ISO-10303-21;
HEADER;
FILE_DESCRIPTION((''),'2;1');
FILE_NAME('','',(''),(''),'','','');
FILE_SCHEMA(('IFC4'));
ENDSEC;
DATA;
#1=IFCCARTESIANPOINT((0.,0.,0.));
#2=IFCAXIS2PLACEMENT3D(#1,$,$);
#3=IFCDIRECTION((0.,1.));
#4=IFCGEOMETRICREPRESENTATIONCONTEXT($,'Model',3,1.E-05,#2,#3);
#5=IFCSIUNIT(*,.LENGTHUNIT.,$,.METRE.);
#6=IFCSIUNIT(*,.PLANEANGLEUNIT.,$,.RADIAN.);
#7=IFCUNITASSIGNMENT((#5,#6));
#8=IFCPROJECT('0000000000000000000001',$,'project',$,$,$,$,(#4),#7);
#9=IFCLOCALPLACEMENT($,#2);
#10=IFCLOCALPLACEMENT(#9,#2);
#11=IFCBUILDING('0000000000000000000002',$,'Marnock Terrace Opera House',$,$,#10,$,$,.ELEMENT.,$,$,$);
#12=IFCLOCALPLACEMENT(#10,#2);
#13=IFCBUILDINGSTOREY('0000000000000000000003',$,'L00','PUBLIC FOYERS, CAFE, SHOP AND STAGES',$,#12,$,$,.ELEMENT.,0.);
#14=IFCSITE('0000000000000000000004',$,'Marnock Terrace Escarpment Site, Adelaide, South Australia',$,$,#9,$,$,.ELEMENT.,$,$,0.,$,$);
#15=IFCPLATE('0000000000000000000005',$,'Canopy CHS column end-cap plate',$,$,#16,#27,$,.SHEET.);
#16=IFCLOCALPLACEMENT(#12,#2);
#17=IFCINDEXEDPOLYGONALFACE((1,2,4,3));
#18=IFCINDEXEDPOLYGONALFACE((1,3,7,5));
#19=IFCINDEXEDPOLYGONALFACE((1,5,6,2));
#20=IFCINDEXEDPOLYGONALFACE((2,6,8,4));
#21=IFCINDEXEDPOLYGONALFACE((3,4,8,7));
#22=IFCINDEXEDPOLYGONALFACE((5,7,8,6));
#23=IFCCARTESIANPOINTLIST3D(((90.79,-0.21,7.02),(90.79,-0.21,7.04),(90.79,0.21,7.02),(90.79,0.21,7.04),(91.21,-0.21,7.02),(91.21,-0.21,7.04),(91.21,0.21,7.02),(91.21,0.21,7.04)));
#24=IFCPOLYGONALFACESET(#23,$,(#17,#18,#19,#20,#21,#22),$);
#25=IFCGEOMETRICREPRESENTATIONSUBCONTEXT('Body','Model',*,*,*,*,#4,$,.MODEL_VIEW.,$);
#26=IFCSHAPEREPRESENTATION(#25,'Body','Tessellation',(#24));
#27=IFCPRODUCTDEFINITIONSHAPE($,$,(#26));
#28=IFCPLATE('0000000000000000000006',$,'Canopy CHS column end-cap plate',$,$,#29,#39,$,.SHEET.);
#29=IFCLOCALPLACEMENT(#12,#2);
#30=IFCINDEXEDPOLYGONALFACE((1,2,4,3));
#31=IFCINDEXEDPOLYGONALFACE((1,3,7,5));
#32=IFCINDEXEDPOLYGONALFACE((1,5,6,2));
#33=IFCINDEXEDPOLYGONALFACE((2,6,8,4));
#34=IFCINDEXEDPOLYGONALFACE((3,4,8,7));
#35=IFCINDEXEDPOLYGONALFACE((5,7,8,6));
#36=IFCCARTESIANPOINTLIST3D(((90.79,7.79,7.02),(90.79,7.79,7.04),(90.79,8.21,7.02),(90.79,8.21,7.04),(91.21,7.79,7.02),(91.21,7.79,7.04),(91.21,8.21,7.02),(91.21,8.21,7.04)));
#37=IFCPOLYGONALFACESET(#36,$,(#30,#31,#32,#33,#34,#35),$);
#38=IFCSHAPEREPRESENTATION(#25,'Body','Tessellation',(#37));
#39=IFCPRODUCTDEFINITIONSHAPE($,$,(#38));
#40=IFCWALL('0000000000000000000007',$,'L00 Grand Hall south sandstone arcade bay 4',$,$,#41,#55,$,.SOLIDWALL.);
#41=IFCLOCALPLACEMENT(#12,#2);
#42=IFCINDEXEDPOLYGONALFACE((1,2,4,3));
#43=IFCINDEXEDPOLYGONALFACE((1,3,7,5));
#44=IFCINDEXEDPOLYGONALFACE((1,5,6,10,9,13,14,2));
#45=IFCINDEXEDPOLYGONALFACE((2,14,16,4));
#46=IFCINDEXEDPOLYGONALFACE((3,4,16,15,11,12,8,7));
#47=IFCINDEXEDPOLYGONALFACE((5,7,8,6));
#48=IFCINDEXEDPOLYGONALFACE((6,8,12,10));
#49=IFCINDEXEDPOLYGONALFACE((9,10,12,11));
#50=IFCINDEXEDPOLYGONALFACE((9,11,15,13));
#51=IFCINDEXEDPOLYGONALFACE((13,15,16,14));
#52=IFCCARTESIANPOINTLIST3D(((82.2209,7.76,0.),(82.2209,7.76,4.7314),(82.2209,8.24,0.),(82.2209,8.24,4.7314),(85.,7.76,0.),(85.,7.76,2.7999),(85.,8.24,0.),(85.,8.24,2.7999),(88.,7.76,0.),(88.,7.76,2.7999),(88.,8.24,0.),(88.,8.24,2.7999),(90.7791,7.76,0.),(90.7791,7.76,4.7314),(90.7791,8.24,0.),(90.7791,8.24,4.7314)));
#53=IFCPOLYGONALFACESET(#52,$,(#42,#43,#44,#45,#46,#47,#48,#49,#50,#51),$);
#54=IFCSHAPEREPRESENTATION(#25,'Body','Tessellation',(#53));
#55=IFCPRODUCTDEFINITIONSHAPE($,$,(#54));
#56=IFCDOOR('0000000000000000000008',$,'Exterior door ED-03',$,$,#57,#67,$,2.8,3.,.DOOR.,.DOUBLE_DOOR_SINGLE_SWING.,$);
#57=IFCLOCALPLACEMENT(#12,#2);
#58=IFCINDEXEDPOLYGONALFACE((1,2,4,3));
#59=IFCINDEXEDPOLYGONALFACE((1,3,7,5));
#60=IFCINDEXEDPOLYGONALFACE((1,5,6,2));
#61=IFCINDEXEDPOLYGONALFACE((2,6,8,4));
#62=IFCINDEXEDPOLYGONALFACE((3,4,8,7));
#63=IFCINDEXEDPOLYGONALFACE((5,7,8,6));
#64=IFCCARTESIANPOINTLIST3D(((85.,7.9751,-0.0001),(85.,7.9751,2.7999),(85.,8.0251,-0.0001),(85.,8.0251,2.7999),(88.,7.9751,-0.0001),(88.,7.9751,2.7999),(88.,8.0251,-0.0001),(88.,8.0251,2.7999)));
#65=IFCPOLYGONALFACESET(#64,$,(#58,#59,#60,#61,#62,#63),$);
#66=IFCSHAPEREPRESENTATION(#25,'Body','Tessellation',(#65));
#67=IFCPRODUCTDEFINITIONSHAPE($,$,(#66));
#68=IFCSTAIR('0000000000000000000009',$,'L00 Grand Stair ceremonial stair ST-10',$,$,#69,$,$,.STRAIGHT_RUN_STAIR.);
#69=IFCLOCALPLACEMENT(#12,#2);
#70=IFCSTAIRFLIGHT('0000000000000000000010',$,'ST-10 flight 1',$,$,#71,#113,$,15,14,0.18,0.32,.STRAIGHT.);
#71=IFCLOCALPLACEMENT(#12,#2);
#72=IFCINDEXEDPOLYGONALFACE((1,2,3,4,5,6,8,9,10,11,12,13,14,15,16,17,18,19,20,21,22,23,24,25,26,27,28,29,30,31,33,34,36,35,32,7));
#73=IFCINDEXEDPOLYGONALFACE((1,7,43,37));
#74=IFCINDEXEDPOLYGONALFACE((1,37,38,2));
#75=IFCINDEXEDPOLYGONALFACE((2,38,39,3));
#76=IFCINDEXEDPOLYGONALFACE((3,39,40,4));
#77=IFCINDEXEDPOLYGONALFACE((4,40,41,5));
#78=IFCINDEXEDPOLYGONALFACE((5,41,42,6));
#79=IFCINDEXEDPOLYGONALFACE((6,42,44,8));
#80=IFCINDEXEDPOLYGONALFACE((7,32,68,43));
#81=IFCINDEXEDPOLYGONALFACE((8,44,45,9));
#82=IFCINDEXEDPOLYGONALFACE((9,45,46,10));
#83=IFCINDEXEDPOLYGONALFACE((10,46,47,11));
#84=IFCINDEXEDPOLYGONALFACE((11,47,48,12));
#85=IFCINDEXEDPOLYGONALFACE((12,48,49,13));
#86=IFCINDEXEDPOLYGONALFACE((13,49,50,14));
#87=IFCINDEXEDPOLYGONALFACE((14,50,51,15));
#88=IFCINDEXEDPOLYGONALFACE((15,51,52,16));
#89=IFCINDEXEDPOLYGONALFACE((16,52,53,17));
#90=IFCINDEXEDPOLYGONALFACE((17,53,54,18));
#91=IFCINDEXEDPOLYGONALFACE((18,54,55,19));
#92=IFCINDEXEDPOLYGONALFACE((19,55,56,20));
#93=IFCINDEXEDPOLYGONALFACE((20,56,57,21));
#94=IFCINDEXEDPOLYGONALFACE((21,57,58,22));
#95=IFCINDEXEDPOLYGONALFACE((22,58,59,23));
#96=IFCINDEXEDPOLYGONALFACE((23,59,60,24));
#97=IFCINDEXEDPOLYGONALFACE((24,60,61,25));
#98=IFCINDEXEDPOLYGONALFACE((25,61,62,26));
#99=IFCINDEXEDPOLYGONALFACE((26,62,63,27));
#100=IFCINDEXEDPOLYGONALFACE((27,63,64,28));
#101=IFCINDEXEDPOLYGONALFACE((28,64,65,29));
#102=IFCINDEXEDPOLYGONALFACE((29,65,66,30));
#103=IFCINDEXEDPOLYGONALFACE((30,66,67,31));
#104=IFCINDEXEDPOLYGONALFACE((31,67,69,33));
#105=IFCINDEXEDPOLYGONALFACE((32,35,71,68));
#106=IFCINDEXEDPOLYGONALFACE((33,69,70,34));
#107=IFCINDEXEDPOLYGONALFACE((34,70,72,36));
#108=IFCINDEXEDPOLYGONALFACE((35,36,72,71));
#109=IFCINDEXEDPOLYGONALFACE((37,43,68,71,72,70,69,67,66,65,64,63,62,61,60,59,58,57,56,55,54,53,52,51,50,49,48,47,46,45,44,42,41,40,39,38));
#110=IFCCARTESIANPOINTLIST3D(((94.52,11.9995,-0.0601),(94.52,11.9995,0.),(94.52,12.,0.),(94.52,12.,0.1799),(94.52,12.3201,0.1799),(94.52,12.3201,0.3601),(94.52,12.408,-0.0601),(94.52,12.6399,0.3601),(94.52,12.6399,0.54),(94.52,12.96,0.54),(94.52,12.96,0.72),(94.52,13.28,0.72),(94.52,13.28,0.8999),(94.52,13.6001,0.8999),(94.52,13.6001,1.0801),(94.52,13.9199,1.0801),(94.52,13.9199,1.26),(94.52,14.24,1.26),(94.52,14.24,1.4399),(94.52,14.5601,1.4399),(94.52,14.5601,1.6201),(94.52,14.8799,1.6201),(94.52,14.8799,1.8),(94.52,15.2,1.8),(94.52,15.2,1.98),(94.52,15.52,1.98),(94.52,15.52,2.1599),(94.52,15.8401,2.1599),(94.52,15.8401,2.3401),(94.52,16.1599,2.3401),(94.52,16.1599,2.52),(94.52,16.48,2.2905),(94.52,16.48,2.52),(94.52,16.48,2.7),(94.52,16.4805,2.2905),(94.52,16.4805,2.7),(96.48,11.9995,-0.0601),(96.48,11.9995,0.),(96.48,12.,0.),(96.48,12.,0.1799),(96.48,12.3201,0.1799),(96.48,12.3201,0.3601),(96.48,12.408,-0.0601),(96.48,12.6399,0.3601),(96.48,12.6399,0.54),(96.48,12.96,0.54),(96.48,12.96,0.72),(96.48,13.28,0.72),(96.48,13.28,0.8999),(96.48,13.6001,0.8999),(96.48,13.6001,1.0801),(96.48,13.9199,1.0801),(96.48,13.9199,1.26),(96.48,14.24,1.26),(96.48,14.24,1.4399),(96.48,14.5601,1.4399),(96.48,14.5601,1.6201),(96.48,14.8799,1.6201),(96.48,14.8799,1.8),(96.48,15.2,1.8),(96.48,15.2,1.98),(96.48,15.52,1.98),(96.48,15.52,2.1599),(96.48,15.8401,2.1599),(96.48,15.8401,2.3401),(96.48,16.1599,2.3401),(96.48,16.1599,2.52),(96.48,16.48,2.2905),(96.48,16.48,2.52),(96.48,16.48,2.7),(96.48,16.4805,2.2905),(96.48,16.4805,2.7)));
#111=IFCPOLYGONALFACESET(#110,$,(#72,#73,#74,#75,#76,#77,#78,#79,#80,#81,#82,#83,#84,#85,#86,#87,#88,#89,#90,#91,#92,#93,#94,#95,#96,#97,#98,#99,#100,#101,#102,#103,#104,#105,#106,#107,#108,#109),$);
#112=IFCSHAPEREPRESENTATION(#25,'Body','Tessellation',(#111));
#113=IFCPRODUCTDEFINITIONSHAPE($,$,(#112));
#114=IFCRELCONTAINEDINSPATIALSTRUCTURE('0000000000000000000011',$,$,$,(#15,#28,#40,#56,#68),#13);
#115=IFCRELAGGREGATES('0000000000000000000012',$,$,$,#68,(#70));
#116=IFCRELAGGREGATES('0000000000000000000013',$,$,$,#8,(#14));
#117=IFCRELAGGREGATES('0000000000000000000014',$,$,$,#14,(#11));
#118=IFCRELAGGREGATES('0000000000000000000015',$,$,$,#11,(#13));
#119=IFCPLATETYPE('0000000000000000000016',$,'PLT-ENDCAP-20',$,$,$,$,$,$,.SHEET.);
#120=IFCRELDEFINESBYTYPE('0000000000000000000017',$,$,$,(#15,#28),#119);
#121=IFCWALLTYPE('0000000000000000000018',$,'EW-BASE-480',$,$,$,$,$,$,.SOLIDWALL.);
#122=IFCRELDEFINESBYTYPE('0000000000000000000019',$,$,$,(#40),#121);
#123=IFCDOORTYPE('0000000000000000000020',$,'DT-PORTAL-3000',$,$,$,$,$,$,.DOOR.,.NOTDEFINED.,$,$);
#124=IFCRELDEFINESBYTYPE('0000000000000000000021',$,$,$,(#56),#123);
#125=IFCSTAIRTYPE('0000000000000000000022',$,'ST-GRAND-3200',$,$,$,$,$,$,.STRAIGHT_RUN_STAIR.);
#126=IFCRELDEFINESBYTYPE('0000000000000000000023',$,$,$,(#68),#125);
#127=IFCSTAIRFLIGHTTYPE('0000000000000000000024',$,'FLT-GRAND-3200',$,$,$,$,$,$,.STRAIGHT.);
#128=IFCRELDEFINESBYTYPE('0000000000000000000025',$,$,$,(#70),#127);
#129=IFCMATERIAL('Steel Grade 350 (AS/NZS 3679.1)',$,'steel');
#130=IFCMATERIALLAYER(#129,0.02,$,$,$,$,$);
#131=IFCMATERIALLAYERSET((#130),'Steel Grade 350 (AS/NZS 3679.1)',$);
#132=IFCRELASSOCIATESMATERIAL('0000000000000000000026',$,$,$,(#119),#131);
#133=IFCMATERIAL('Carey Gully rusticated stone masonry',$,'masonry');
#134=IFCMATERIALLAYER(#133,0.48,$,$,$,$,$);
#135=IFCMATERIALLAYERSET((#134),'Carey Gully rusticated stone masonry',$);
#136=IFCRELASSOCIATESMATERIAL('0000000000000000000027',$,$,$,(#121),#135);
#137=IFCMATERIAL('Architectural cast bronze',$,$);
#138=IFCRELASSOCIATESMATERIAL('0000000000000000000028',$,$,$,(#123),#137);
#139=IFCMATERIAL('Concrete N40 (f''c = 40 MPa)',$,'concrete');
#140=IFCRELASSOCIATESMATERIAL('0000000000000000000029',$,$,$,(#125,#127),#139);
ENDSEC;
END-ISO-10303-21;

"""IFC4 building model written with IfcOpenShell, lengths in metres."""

from ifc_helpers import new_model, si_unit, direction, frame, frame_2d, origin, origin_2d, place, context, subcontext, project, spatial, polyline, rectangle, outline, extrude, material, layer, layer_set, type_object, element, fill, aggregate, save


model = new_model("IFC4")

# Units and contexts
model_context = context("Model", 3, precision=1e-05, world=origin(), true_north=direction((0.0, 1.0)))
body_context = subcontext(model_context, "Body", "Model", "MODEL_VIEW")
ifc_project = project(units=[si_unit("LENGTHUNIT", "METRE"), si_unit("PLANEANGLEUNIT", "RADIAN")], contexts=[model_context])

# Site, building, storey
site_placement = place(None, origin())
site = spatial("IfcSite", under=ifc_project, at=site_placement, Name="Marnock Terrace Escarpment Site, Adelaide, South Australia", CompositionType="ELEMENT", RefElevation=0.0)
building_placement = place(site_placement, origin())
building = spatial("IfcBuilding", under=site, at=building_placement, Name="Marnock Terrace Opera House", CompositionType="ELEMENT")
storey_placement = place(building_placement, origin())
storey = spatial("IfcBuildingStorey", under=building, at=storey_placement, Name="L00", Description="PUBLIC FOYERS, CAFE, SHOP AND STAGES", CompositionType="ELEMENT", Elevation=0.0)

# Shared definitions
ifc_material_1 = material(Name="Concrete N40 (f'c = 40 MPa)", Category="concrete")

# Shared definitions
ifc_material_2 = material(Name="Steel Grade 350 (AS/NZS 3679.1)", Category="steel")

# Plates
ifc_layer_1 = layer(ifc_material_2, 0.02)
ifc_layer_set_1 = layer_set([ifc_layer_1], Name="Steel Grade 350 (AS/NZS 3679.1)")
plate_type = type_object("IfcPlateType", Name="PLT-ENDCAP-20", PredefinedType="SHEET", material=ifc_layer_set_1)
for number, where, z_axis, x_axis, name in (
    (1, (91.0, 0.0, 7.02), (0.0, 0.0, 1.0), (1.0, 0.0, 0.0), "Canopy CHS column end-cap plate"),
    (2, (91.0, 8.0, 7.02), (0.0, 0.0, 1.0), (1.0, 0.0, 0.0), "Canopy CHS column end-cap plate"),
):
    element("IfcPlate", number, at=place(storey_placement, frame(where, z_axis=z_axis, x_axis=x_axis)), inside=storey, type_object=plate_type, Name=name, PredefinedType="SHEET", context=body_context, shape_type="SweptSolid", body=[
        extrude(rectangle(XDim=0.4199, YDim=0.4199, at=origin_2d()), origin(), (0.0, 0.0, 1.0), 0.02),
    ])

# Wall, opening, door
ifc_material_3 = material(Name="Carey Gully rusticated stone masonry", Category="masonry")
ifc_layer_2 = layer(ifc_material_3, 0.48)
ifc_layer_set_2 = layer_set([ifc_layer_2], Name="Carey Gully rusticated stone masonry")
wall_type = type_object("IfcWallType", Name="EW-BASE-480", PredefinedType="SOLIDWALL", material=ifc_layer_set_2)
wall_placement = place(storey_placement, frame((90.7791, 8.0, 0.0), z_axis=(0.0, 0.0, 1.0), x_axis=(-1.0, 0.0, 0.0)))
wall = element("IfcWall", 3, at=wall_placement, inside=storey, type_object=wall_type, Name="L00 Grand Hall south sandstone arcade bay 4", PredefinedType="SOLIDWALL", context=body_context, shape_type="SweptSolid", body=[
    extrude(rectangle(XDim=8.5581, YDim=0.48, at=frame_2d((4.2791, 0.0))), origin(), (0.0, 0.0, 1.0), 4.7314),
])
opening_placement = place(wall_placement, frame((2.7791, 0.0, 0.0)))
opening = element("IfcOpeningElement", 4, at=opening_placement, cuts=wall, PredefinedType="OPENING", context=body_context, shape_type="SweptSolid", body=[
    extrude(rectangle(XDim=3.0, YDim=2.8, at=frame_2d((1.5, 1.3999))), frame((0.0, 0.25, 0.0), z_axis=(0.0, -1.0, 0.0), x_axis=(1.0, 0.0, 0.0)), (0.0, 0.0, 1.0), 0.5),
])
ifc_material_4 = material(Name="Architectural cast bronze")
door_type = type_object("IfcDoorType", Name="DT-PORTAL-3000", OperationType="NOTDEFINED", PredefinedType="DOOR", material=ifc_material_4)
door_placement = place(opening_placement, origin())
door = element("IfcDoor", 5, at=door_placement, inside=storey, type_object=door_type, Name="Exterior door ED-03", OperationType="DOUBLE_DOOR_SINGLE_SWING", OverallHeight=2.8, OverallWidth=3.0, PredefinedType="DOOR", context=body_context, shape_type="SweptSolid", body=[
    extrude(rectangle(XDim=3.0, YDim=2.8, at=frame_2d((1.5, 1.3999))), frame((0.0, 0.0249, 0.0), z_axis=(0.0, -1.0, 0.0), x_axis=(1.0, 0.0, 0.0)), (0.0, 0.0, 1.0), 0.05),
])
fill(opening, door)

# Stair, stair flight
stair_type = type_object("IfcStairType", Name="ST-GRAND-3200", PredefinedType="STRAIGHT_RUN_STAIR", material=ifc_material_1)
stair_placement = place(storey_placement, origin())
stair = element("IfcStair", 6, at=stair_placement, inside=storey, type_object=stair_type, Name="L00 Grand Stair ceremonial stair ST-10", PredefinedType="STRAIGHT_RUN_STAIR")
stair_flight_type = type_object("IfcStairFlightType", Name="FLT-GRAND-3200", PredefinedType="STRAIGHT", material=ifc_material_1)
stair_flight_placement = place(storey_placement, frame((95.5, 12.0, 0.0), z_axis=(0.0, 0.0, 1.0), x_axis=(0.0, 1.0, 0.0)))
stair_flight = element("IfcStairFlight", 7, at=stair_flight_placement, type_object=stair_flight_type, Name="ST-10 flight 1", NumberOfRisers=15, NumberOfTreads=14, PredefinedType="STRAIGHT", RiserHeight=0.18, TreadLength=0.32, context=body_context, shape_type="SweptSolid", body=[
    extrude(outline(polyline([(-0.0005, -0.0601), (-0.0005, 0.0), (0.0, 0.0), (0.0, 0.1799), (0.3201, 0.1799), (0.3201, 0.3601), (0.6399, 0.3601), (0.6399, 0.54), (0.96, 0.54), (0.96, 0.72), (1.28, 0.72), (1.28, 0.8999), (1.6001, 0.8999), (1.6001, 1.0801), (1.9199, 1.0801), (1.9199, 1.26), (2.24, 1.26), (2.24, 1.4399), (2.5601, 1.4399), (2.5601, 1.6201), (2.8799, 1.6201), (2.8799, 1.8), (3.2, 1.8), (3.2, 1.98), (3.52, 1.98), (3.52, 2.1599), (3.8401, 2.1599), (3.8401, 2.3401), (4.1599, 2.3401), (4.1599, 2.52), (4.48, 2.52), (4.48, 2.7), (4.4805, 2.7), (4.4805, 2.2905), (4.48, 2.2905), (0.408, -0.0601), (-0.0005, -0.0601)])), frame((0.0, 0.98, 0.0), z_axis=(0.0, -1.0, 0.0), x_axis=(1.0, 0.0, 0.0)), (0.0, 0.0, 1.0), 1.96),
])
aggregate(stair, [stair_flight])

save(model, "model.ifc")
